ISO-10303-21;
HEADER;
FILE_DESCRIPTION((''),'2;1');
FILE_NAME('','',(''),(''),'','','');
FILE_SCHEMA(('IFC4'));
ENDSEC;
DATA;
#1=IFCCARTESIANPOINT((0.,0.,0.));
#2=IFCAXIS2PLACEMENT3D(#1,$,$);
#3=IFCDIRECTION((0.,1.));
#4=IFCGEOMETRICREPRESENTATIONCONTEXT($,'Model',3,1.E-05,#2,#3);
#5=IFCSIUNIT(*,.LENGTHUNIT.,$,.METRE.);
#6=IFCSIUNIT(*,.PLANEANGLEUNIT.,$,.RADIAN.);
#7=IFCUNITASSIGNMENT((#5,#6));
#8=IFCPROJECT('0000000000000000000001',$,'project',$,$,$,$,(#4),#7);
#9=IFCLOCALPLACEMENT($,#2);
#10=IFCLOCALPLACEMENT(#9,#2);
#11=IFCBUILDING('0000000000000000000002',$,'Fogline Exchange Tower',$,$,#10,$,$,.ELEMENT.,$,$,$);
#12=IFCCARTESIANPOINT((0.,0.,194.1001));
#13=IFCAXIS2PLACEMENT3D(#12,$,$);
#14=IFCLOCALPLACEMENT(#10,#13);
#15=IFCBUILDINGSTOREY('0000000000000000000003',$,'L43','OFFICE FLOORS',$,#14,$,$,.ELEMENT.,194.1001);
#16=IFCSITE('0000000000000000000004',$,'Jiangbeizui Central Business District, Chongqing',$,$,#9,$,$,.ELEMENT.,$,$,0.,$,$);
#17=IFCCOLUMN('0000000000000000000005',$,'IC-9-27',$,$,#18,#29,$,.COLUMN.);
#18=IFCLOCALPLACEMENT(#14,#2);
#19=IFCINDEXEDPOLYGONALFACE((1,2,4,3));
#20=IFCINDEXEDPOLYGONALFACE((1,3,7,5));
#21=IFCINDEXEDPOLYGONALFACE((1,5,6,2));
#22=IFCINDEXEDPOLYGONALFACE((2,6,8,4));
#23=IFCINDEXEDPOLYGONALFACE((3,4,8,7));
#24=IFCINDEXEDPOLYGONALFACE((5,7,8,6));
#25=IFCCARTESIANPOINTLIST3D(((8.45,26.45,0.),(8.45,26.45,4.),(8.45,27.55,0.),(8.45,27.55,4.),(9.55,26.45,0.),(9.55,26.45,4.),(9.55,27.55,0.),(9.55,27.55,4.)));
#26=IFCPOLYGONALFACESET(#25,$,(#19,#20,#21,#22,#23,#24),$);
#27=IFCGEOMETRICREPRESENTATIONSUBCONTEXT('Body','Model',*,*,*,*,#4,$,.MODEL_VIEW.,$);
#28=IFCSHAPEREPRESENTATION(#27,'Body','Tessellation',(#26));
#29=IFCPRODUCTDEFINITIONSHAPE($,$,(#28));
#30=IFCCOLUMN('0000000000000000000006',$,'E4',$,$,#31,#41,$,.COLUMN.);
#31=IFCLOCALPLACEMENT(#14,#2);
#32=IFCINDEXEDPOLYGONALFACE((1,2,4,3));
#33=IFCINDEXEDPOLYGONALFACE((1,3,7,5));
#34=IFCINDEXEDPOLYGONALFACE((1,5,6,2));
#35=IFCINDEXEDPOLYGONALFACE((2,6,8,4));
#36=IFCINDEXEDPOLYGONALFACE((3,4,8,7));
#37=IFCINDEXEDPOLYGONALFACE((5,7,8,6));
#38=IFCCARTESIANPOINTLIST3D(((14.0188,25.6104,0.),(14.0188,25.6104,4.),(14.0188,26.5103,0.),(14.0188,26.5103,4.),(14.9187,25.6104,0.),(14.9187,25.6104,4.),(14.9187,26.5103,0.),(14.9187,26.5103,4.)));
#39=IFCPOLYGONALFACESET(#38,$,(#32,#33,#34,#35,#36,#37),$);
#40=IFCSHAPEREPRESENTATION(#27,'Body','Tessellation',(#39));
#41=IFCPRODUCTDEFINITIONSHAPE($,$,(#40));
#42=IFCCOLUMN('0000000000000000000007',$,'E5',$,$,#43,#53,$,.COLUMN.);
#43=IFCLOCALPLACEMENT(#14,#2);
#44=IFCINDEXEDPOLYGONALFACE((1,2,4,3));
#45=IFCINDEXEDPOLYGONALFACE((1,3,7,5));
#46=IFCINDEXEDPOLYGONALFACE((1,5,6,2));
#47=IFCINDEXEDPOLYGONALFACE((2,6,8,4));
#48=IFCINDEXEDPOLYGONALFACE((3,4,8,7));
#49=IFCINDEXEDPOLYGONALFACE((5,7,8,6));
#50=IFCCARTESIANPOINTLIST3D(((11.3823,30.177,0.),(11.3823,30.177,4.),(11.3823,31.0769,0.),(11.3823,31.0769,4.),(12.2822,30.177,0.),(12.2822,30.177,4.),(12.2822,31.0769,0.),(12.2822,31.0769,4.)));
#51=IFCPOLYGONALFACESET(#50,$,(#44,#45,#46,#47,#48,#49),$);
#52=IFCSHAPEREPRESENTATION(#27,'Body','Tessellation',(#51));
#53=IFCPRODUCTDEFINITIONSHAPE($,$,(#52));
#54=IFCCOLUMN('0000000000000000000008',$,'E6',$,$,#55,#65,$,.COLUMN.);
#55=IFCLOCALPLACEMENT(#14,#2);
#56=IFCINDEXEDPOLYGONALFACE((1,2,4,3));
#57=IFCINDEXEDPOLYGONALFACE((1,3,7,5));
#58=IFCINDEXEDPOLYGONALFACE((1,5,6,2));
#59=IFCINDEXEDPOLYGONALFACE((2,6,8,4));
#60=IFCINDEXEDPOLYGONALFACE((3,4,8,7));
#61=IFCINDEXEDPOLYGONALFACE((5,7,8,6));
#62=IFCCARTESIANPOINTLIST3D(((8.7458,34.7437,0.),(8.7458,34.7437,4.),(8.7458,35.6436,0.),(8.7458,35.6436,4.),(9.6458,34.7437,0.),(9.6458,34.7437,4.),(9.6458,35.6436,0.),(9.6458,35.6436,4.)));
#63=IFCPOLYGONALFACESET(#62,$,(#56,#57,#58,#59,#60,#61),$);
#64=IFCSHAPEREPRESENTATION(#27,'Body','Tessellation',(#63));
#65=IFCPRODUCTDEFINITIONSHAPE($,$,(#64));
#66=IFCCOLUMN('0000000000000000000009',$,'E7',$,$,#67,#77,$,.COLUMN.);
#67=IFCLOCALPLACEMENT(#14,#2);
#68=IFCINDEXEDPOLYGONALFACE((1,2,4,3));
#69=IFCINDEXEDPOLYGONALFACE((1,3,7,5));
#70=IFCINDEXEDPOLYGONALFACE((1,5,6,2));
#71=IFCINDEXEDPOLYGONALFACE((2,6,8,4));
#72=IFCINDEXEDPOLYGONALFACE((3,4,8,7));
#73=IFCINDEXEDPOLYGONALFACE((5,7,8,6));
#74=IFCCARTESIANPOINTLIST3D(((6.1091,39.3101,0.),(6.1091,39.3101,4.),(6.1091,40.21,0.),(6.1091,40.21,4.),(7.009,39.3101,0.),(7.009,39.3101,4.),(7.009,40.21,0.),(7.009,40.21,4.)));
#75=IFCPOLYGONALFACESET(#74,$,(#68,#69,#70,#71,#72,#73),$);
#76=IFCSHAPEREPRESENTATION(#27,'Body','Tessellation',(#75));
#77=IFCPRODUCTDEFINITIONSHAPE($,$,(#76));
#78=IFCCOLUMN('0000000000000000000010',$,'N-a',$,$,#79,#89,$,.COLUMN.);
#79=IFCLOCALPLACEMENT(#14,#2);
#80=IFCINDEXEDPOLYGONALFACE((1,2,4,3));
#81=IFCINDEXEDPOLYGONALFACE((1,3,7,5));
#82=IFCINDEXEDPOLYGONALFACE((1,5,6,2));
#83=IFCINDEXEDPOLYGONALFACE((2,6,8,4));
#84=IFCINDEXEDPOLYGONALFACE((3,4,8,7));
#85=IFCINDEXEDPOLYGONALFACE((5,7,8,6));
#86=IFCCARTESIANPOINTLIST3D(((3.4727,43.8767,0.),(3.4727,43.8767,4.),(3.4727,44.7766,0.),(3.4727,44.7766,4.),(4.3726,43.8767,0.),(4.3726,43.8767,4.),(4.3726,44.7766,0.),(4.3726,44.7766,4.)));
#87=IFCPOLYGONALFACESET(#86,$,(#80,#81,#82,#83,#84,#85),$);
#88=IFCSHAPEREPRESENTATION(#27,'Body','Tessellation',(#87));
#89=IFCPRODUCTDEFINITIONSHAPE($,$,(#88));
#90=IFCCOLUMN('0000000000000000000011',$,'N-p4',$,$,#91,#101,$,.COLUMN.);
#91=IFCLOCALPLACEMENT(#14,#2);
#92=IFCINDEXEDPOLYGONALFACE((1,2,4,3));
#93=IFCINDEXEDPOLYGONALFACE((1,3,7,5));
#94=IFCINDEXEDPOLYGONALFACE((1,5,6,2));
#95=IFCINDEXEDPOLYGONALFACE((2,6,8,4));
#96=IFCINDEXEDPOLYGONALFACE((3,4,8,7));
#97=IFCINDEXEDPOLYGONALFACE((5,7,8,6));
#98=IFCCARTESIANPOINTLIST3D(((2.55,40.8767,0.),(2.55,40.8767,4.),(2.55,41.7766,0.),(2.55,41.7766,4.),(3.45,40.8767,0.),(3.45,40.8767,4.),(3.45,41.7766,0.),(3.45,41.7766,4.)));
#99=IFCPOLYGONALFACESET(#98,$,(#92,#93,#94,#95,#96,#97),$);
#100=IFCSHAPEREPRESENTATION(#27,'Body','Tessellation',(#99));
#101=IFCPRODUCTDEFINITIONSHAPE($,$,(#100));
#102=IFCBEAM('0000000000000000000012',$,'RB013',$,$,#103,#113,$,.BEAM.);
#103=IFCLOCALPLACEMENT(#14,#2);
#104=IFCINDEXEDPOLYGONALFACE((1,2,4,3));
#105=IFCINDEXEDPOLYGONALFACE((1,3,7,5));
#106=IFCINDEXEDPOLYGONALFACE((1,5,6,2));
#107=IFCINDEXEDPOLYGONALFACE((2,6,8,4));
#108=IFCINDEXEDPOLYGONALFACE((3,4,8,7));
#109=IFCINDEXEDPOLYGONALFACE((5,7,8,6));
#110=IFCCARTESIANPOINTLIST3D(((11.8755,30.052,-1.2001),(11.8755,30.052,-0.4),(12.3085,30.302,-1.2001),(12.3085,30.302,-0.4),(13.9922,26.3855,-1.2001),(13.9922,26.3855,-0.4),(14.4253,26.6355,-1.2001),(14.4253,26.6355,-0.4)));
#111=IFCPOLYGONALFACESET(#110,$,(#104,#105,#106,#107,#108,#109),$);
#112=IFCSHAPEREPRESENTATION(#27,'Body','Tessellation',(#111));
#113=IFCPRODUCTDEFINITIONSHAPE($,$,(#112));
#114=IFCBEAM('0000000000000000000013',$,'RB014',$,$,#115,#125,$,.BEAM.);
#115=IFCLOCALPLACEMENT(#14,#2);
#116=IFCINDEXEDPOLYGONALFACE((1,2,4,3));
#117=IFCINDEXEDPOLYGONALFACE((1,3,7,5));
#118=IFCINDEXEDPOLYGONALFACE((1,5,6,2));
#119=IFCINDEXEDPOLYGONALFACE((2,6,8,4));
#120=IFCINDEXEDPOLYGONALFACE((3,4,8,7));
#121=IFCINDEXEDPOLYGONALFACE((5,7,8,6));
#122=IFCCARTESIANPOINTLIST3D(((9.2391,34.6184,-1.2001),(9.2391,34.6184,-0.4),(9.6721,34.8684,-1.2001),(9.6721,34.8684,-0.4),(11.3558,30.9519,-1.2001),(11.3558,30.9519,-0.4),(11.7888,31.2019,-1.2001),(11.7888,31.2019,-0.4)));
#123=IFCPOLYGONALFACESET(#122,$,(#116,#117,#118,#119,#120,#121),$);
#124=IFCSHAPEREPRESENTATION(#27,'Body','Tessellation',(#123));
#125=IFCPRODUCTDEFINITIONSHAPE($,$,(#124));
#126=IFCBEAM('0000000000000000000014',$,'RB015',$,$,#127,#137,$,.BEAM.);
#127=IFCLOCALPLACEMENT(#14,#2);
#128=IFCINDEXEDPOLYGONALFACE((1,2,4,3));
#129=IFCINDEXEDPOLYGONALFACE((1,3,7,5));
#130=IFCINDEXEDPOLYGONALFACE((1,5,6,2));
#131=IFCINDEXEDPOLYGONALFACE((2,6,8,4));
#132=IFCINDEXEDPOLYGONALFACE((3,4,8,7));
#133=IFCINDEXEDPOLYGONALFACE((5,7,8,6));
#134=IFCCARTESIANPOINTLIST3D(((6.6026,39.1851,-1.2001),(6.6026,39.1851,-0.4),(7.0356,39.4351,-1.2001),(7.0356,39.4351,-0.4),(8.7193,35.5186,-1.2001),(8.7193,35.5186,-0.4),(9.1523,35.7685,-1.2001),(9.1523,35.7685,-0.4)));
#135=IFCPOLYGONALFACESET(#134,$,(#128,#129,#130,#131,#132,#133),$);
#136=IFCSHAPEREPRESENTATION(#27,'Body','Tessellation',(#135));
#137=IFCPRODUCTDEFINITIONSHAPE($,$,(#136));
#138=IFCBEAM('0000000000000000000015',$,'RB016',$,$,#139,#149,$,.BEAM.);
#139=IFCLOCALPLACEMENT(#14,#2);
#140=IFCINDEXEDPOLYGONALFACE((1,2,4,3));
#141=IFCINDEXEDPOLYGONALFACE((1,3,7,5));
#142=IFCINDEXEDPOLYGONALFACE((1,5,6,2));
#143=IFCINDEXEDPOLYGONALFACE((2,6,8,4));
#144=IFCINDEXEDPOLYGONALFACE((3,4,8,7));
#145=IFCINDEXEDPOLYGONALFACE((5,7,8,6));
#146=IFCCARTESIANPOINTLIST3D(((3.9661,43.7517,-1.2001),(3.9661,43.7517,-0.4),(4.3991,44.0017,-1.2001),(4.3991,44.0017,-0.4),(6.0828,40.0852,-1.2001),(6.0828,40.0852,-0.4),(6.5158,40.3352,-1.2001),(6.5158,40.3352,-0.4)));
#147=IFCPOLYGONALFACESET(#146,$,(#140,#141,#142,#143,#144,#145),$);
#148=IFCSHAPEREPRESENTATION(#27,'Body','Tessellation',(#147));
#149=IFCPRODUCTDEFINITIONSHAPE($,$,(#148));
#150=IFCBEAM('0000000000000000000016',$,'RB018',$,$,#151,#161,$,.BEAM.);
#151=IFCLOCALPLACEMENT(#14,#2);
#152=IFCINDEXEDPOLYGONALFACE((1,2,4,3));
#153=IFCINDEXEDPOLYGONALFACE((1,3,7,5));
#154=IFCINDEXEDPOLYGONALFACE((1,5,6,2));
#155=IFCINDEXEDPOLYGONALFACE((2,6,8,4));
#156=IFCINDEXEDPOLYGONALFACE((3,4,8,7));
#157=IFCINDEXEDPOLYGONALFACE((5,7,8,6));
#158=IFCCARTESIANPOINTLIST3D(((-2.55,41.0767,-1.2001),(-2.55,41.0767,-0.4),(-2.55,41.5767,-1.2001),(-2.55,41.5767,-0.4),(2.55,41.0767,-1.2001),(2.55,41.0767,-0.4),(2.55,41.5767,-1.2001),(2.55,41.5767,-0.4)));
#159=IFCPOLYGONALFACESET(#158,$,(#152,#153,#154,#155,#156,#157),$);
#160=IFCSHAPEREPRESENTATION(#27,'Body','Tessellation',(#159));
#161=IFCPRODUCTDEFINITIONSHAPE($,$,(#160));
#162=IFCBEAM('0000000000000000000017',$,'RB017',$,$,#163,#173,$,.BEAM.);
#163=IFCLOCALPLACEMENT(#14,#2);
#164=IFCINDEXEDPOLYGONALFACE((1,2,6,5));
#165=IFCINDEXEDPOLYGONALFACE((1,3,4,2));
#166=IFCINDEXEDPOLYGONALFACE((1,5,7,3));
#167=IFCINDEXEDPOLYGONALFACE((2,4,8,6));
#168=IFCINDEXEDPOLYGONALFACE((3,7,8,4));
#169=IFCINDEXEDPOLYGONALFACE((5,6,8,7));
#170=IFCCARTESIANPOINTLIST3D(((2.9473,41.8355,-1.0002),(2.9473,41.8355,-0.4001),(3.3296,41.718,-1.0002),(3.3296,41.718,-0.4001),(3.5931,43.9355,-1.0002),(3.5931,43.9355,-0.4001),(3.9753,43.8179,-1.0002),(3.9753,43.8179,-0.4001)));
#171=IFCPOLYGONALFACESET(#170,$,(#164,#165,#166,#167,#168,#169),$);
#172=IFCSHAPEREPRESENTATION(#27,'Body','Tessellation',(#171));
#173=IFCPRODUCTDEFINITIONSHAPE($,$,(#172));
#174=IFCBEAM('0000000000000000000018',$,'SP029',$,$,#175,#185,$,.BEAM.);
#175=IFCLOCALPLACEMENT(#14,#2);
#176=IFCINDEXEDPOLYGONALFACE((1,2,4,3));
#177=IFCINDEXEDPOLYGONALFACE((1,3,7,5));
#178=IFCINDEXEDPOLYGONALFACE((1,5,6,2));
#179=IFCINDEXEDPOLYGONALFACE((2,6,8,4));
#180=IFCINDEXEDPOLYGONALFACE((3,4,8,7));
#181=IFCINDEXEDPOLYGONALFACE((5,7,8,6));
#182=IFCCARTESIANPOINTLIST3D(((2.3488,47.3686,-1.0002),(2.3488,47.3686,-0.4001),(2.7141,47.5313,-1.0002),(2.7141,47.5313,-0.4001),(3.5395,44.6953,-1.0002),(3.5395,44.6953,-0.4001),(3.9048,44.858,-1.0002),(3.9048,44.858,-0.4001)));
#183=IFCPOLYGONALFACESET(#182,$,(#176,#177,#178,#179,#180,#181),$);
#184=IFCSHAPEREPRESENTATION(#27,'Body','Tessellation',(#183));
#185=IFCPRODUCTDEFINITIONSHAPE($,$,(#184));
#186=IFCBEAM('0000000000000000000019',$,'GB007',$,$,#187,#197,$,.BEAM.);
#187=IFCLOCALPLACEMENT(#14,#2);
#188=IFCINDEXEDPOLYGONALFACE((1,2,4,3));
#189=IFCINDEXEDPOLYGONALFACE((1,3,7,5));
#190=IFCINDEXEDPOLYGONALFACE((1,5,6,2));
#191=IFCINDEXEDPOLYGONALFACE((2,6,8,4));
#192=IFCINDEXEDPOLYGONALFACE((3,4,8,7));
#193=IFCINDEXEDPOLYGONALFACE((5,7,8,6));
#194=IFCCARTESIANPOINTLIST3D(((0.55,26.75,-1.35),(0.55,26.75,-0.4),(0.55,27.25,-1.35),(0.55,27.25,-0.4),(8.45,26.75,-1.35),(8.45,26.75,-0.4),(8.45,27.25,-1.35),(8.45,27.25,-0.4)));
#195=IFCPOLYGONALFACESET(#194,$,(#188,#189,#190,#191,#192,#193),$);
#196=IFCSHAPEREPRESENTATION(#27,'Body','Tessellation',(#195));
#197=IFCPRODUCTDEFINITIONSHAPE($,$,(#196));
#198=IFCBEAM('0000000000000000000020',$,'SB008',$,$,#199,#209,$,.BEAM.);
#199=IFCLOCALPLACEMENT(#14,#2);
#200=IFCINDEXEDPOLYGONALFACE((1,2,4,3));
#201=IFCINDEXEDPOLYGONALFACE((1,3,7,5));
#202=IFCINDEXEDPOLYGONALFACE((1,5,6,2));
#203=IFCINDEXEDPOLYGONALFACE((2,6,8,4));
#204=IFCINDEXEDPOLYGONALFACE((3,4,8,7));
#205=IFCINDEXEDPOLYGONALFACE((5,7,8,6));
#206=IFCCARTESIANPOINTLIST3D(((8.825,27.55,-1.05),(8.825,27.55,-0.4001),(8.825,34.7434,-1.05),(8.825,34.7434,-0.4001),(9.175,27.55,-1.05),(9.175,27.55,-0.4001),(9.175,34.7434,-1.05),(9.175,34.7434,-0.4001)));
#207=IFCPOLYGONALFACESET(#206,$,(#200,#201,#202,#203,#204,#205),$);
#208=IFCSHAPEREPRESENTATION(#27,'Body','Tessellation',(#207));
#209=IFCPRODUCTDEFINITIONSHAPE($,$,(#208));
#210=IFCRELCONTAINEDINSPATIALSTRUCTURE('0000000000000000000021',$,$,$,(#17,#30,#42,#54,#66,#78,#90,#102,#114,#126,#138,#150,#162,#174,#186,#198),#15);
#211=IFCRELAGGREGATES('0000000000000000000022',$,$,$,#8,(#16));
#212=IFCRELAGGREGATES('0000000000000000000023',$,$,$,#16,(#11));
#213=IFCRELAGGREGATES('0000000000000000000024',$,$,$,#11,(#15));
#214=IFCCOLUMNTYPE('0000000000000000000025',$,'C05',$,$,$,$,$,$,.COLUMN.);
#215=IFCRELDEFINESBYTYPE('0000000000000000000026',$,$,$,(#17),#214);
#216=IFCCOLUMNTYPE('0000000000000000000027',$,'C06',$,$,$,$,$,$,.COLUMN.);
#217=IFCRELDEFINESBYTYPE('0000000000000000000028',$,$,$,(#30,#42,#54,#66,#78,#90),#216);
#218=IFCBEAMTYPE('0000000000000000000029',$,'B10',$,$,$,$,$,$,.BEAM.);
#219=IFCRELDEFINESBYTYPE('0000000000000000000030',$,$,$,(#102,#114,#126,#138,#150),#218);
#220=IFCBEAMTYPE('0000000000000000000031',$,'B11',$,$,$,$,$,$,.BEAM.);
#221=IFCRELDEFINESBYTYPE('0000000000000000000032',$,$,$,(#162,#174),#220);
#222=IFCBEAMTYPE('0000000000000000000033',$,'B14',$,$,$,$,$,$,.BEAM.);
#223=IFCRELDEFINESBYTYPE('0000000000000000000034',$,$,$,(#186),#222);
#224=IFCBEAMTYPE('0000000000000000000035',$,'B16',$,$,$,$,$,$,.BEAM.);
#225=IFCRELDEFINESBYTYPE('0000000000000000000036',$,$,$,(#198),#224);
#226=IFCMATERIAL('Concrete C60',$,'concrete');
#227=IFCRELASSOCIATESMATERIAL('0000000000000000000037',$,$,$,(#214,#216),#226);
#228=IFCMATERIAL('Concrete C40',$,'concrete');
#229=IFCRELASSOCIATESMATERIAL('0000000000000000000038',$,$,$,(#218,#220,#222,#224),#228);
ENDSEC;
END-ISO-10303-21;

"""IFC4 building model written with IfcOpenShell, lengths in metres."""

from ifc_helpers import new_model, si_unit, direction, frame, origin, origin_2d, place, context, subcontext, project, spatial, rectangle, extrude, material, material_profile, profile_set, type_object, element, save


model = new_model("IFC4")

# Units and contexts
model_context = context("Model", 3, precision=1e-05, world=origin(), true_north=direction((0.0, 1.0)))
body_context = subcontext(model_context, "Body", "Model", "MODEL_VIEW")
ifc_project = project(units=[si_unit("LENGTHUNIT", "METRE"), si_unit("PLANEANGLEUNIT", "RADIAN")], contexts=[model_context])

# Site, building, storey
site_placement = place(None, origin())
site = spatial("IfcSite", under=ifc_project, at=site_placement, Name="Jiangbeizui Central Business District, Chongqing", CompositionType="ELEMENT", RefElevation=0.0)
building_placement = place(site_placement, origin())
building = spatial("IfcBuilding", under=site, at=building_placement, Name="Fogline Exchange Tower", CompositionType="ELEMENT")
storey_placement = place(building_placement, frame((0.0, 0.0, 194.1001)))
storey = spatial("IfcBuildingStorey", under=building, at=storey_placement, Name="L43", Description="OFFICE FLOORS", CompositionType="ELEMENT", Elevation=194.1001)

# Columns
ifc_material_1 = material(Name="Concrete C60", Category="concrete")
ifc_material_profile_1 = material_profile(ifc_material_1, rectangle(XDim=1.1001, YDim=1.1001, at=origin_2d()), Name="RC 1100x1100")
ifc_profile_set_1 = profile_set([ifc_material_profile_1], Name="Concrete C60")
column_type_1 = type_object("IfcColumnType", Name="C05", PredefinedType="COLUMN", material=ifc_profile_set_1)
column_placement = place(storey_placement, frame((9.0, 27.0, 0.0), z_axis=(0.0, 0.0, 1.0), x_axis=(1.0, 0.0, 0.0)))
element("IfcColumn", 1, at=column_placement, inside=storey, type_object=column_type_1, Name="IC-9-27", PredefinedType="COLUMN", context=body_context, shape_type="SweptSolid", body=[
    extrude(rectangle(XDim=1.1001, YDim=1.1001, at=origin_2d()), origin(), (0.0, 0.0, 1.0), 4.0),
])
ifc_material_profile_2 = material_profile(ifc_material_1, rectangle(XDim=0.8999, YDim=0.8999, at=origin_2d()), Name="RC 900x900")
ifc_profile_set_2 = profile_set([ifc_material_profile_2], Name="Concrete C60")
column_type_2 = type_object("IfcColumnType", Name="C06", PredefinedType="COLUMN", material=ifc_profile_set_2)
for number, where, z_axis, x_axis, name in (
    (2, (14.4688, 26.0603, 0.0), (0.0, 0.0, 1.0), (1.0, 0.0, 0.0), "E4"),
    (3, (11.8323, 30.627, 0.0), (0.0, 0.0, 1.0), (1.0, 0.0, 0.0), "E5"),
    (4, (9.1958, 35.1936, 0.0), (0.0, 0.0, 1.0), (1.0, 0.0, 0.0), "E6"),
    (5, (6.5591, 39.76, 0.0), (0.0, 0.0, 1.0), (1.0, 0.0, 0.0), "E7"),
    (6, (3.9226, 44.3267, 0.0), (0.0, 0.0, 1.0), (1.0, 0.0, 0.0), "N-a"),
    (7, (3.0, 41.3267, 0.0), (0.0, 0.0, 1.0), (1.0, 0.0, 0.0), "N-p4"),
):
    element("IfcColumn", number, at=place(storey_placement, frame(where, z_axis=z_axis, x_axis=x_axis)), inside=storey, type_object=column_type_2, Name=name, PredefinedType="COLUMN", context=body_context, shape_type="SweptSolid", body=[
        extrude(rectangle(XDim=0.8999, YDim=0.8999, at=origin_2d()), origin(), (0.0, 0.0, 1.0), 4.0),
    ])

# Beams
ifc_material_2 = material(Name="Concrete C40", Category="concrete")
ifc_material_profile_3 = material_profile(ifc_material_2, rectangle(XDim=0.5, YDim=0.8, at=origin_2d()), Name="RC 500x800")
ifc_profile_set_3 = profile_set([ifc_material_profile_3], Name="Concrete C40")
beam_type_1 = type_object("IfcBeamType", Name="B10", PredefinedType="BEAM", material=ifc_profile_set_3)
for number, where, z_axis, x_axis, name in (
    (8, (14.2087, 26.5105, -0.8), (-0.499972, 0.866042, 0.0), (-0.866042, -0.499972, 0.0), "RB013"),
    (9, (11.5723, 31.0769, -0.8), (-0.499972, 0.866042, 0.0), (-0.866042, -0.499972, 0.0), "RB014"),
    (10, (8.9358, 35.6436, -0.8), (-0.499972, 0.866042, 0.0), (-0.866042, -0.499972, 0.0), "RB015"),
    (11, (6.2993, 40.2102, -0.8), (-0.499972, 0.866042, 0.0), (-0.866042, -0.499972, 0.0), "RB016"),
):
    element("IfcBeam", number, at=place(storey_placement, frame(where, z_axis=z_axis, x_axis=x_axis)), inside=storey, type_object=beam_type_1, Name=name, PredefinedType="BEAM", context=body_context, shape_type="SweptSolid", body=[
        extrude(rectangle(XDim=0.5, YDim=0.8, at=origin_2d()), origin(), (0.0, 0.0, 1.0), 4.2336),
    ])
beam_1_placement = place(storey_placement, frame((2.55, 41.3267, -0.8), z_axis=(-1.0, 0.0, 0.0), x_axis=(0.0, -1.0, 0.0)))
element("IfcBeam", 12, at=beam_1_placement, inside=storey, type_object=beam_type_1, Name="RB018", PredefinedType="BEAM", context=body_context, shape_type="SweptSolid", body=[
    extrude(rectangle(XDim=0.5, YDim=0.8, at=origin_2d()), origin(), (0.0, 0.0, 1.0), 5.1001),
])
ifc_material_profile_4 = material_profile(ifc_material_2, rectangle(XDim=0.3999, YDim=0.6001, at=origin_2d()), Name="RC 400x600")
ifc_profile_set_4 = profile_set([ifc_material_profile_4], Name="Concrete C40")
beam_type_2 = type_object("IfcBeamType", Name="B11", PredefinedType="BEAM", material=ifc_profile_set_4)
beam_2_placement = place(storey_placement, frame((3.7842, 43.8767, -0.7002), z_axis=(-0.293906, -0.955834, 0.0), x_axis=(0.955834, -0.293906, 0.0)))
element("IfcBeam", 13, at=beam_2_placement, inside=storey, type_object=beam_type_2, Name="RB017", PredefinedType="BEAM", context=body_context, shape_type="SweptSolid", body=[
    extrude(rectangle(XDim=0.3999, YDim=0.6001, at=origin_2d()), origin(), (0.0, 0.0, 1.0), 2.197),
])
beam_3_placement = place(storey_placement, frame((3.7222, 44.7766, -0.7002), z_axis=(-0.406858, 0.913491, 0.0), x_axis=(-0.913491, -0.406858, 0.0)))
element("IfcBeam", 14, at=beam_3_placement, inside=storey, type_object=beam_type_2, Name="SP029", PredefinedType="BEAM", context=body_context, shape_type="SweptSolid", body=[
    extrude(rectangle(XDim=0.3999, YDim=0.6001, at=origin_2d()), origin(), (0.0, 0.0, 1.0), 2.9265),
])
ifc_material_profile_5 = material_profile(ifc_material_2, rectangle(XDim=0.5, YDim=0.95, at=origin_2d()), Name="RC 500x950")
ifc_profile_set_5 = profile_set([ifc_material_profile_5], Name="Concrete C40")
beam_type_3 = type_object("IfcBeamType", Name="B14", PredefinedType="BEAM", material=ifc_profile_set_5)
beam_4_placement = place(storey_placement, frame((0.55, 27.0, -0.875), z_axis=(1.0, 0.0, 0.0), x_axis=(0.0, 1.0, 0.0)))
element("IfcBeam", 15, at=beam_4_placement, inside=storey, type_object=beam_type_3, Name="GB007", PredefinedType="BEAM", context=body_context, shape_type="SweptSolid", body=[
    extrude(rectangle(XDim=0.5, YDim=0.95, at=origin_2d()), origin(), (0.0, 0.0, 1.0), 7.8999),
])
ifc_material_profile_6 = material_profile(ifc_material_2, rectangle(XDim=0.3501, YDim=0.6499, at=origin_2d()), Name="RC 350x650")
ifc_profile_set_6 = profile_set([ifc_material_profile_6], Name="Concrete C40")
beam_type_4 = type_object("IfcBeamType", Name="B16", PredefinedType="BEAM", material=ifc_profile_set_6)
beam_5_placement = place(storey_placement, frame((9.0, 27.55, -0.7251), z_axis=(0.0, 1.0, 0.0), x_axis=(-1.0, 0.0, 0.0)))
element("IfcBeam", 16, at=beam_5_placement, inside=storey, type_object=beam_type_4, Name="SB008", PredefinedType="BEAM", context=body_context, shape_type="SweptSolid", body=[
    extrude(rectangle(XDim=0.3501, YDim=0.6499, at=origin_2d()), origin(), (0.0, 0.0, 1.0), 7.1934),
])

save(model, "model.ifc")
